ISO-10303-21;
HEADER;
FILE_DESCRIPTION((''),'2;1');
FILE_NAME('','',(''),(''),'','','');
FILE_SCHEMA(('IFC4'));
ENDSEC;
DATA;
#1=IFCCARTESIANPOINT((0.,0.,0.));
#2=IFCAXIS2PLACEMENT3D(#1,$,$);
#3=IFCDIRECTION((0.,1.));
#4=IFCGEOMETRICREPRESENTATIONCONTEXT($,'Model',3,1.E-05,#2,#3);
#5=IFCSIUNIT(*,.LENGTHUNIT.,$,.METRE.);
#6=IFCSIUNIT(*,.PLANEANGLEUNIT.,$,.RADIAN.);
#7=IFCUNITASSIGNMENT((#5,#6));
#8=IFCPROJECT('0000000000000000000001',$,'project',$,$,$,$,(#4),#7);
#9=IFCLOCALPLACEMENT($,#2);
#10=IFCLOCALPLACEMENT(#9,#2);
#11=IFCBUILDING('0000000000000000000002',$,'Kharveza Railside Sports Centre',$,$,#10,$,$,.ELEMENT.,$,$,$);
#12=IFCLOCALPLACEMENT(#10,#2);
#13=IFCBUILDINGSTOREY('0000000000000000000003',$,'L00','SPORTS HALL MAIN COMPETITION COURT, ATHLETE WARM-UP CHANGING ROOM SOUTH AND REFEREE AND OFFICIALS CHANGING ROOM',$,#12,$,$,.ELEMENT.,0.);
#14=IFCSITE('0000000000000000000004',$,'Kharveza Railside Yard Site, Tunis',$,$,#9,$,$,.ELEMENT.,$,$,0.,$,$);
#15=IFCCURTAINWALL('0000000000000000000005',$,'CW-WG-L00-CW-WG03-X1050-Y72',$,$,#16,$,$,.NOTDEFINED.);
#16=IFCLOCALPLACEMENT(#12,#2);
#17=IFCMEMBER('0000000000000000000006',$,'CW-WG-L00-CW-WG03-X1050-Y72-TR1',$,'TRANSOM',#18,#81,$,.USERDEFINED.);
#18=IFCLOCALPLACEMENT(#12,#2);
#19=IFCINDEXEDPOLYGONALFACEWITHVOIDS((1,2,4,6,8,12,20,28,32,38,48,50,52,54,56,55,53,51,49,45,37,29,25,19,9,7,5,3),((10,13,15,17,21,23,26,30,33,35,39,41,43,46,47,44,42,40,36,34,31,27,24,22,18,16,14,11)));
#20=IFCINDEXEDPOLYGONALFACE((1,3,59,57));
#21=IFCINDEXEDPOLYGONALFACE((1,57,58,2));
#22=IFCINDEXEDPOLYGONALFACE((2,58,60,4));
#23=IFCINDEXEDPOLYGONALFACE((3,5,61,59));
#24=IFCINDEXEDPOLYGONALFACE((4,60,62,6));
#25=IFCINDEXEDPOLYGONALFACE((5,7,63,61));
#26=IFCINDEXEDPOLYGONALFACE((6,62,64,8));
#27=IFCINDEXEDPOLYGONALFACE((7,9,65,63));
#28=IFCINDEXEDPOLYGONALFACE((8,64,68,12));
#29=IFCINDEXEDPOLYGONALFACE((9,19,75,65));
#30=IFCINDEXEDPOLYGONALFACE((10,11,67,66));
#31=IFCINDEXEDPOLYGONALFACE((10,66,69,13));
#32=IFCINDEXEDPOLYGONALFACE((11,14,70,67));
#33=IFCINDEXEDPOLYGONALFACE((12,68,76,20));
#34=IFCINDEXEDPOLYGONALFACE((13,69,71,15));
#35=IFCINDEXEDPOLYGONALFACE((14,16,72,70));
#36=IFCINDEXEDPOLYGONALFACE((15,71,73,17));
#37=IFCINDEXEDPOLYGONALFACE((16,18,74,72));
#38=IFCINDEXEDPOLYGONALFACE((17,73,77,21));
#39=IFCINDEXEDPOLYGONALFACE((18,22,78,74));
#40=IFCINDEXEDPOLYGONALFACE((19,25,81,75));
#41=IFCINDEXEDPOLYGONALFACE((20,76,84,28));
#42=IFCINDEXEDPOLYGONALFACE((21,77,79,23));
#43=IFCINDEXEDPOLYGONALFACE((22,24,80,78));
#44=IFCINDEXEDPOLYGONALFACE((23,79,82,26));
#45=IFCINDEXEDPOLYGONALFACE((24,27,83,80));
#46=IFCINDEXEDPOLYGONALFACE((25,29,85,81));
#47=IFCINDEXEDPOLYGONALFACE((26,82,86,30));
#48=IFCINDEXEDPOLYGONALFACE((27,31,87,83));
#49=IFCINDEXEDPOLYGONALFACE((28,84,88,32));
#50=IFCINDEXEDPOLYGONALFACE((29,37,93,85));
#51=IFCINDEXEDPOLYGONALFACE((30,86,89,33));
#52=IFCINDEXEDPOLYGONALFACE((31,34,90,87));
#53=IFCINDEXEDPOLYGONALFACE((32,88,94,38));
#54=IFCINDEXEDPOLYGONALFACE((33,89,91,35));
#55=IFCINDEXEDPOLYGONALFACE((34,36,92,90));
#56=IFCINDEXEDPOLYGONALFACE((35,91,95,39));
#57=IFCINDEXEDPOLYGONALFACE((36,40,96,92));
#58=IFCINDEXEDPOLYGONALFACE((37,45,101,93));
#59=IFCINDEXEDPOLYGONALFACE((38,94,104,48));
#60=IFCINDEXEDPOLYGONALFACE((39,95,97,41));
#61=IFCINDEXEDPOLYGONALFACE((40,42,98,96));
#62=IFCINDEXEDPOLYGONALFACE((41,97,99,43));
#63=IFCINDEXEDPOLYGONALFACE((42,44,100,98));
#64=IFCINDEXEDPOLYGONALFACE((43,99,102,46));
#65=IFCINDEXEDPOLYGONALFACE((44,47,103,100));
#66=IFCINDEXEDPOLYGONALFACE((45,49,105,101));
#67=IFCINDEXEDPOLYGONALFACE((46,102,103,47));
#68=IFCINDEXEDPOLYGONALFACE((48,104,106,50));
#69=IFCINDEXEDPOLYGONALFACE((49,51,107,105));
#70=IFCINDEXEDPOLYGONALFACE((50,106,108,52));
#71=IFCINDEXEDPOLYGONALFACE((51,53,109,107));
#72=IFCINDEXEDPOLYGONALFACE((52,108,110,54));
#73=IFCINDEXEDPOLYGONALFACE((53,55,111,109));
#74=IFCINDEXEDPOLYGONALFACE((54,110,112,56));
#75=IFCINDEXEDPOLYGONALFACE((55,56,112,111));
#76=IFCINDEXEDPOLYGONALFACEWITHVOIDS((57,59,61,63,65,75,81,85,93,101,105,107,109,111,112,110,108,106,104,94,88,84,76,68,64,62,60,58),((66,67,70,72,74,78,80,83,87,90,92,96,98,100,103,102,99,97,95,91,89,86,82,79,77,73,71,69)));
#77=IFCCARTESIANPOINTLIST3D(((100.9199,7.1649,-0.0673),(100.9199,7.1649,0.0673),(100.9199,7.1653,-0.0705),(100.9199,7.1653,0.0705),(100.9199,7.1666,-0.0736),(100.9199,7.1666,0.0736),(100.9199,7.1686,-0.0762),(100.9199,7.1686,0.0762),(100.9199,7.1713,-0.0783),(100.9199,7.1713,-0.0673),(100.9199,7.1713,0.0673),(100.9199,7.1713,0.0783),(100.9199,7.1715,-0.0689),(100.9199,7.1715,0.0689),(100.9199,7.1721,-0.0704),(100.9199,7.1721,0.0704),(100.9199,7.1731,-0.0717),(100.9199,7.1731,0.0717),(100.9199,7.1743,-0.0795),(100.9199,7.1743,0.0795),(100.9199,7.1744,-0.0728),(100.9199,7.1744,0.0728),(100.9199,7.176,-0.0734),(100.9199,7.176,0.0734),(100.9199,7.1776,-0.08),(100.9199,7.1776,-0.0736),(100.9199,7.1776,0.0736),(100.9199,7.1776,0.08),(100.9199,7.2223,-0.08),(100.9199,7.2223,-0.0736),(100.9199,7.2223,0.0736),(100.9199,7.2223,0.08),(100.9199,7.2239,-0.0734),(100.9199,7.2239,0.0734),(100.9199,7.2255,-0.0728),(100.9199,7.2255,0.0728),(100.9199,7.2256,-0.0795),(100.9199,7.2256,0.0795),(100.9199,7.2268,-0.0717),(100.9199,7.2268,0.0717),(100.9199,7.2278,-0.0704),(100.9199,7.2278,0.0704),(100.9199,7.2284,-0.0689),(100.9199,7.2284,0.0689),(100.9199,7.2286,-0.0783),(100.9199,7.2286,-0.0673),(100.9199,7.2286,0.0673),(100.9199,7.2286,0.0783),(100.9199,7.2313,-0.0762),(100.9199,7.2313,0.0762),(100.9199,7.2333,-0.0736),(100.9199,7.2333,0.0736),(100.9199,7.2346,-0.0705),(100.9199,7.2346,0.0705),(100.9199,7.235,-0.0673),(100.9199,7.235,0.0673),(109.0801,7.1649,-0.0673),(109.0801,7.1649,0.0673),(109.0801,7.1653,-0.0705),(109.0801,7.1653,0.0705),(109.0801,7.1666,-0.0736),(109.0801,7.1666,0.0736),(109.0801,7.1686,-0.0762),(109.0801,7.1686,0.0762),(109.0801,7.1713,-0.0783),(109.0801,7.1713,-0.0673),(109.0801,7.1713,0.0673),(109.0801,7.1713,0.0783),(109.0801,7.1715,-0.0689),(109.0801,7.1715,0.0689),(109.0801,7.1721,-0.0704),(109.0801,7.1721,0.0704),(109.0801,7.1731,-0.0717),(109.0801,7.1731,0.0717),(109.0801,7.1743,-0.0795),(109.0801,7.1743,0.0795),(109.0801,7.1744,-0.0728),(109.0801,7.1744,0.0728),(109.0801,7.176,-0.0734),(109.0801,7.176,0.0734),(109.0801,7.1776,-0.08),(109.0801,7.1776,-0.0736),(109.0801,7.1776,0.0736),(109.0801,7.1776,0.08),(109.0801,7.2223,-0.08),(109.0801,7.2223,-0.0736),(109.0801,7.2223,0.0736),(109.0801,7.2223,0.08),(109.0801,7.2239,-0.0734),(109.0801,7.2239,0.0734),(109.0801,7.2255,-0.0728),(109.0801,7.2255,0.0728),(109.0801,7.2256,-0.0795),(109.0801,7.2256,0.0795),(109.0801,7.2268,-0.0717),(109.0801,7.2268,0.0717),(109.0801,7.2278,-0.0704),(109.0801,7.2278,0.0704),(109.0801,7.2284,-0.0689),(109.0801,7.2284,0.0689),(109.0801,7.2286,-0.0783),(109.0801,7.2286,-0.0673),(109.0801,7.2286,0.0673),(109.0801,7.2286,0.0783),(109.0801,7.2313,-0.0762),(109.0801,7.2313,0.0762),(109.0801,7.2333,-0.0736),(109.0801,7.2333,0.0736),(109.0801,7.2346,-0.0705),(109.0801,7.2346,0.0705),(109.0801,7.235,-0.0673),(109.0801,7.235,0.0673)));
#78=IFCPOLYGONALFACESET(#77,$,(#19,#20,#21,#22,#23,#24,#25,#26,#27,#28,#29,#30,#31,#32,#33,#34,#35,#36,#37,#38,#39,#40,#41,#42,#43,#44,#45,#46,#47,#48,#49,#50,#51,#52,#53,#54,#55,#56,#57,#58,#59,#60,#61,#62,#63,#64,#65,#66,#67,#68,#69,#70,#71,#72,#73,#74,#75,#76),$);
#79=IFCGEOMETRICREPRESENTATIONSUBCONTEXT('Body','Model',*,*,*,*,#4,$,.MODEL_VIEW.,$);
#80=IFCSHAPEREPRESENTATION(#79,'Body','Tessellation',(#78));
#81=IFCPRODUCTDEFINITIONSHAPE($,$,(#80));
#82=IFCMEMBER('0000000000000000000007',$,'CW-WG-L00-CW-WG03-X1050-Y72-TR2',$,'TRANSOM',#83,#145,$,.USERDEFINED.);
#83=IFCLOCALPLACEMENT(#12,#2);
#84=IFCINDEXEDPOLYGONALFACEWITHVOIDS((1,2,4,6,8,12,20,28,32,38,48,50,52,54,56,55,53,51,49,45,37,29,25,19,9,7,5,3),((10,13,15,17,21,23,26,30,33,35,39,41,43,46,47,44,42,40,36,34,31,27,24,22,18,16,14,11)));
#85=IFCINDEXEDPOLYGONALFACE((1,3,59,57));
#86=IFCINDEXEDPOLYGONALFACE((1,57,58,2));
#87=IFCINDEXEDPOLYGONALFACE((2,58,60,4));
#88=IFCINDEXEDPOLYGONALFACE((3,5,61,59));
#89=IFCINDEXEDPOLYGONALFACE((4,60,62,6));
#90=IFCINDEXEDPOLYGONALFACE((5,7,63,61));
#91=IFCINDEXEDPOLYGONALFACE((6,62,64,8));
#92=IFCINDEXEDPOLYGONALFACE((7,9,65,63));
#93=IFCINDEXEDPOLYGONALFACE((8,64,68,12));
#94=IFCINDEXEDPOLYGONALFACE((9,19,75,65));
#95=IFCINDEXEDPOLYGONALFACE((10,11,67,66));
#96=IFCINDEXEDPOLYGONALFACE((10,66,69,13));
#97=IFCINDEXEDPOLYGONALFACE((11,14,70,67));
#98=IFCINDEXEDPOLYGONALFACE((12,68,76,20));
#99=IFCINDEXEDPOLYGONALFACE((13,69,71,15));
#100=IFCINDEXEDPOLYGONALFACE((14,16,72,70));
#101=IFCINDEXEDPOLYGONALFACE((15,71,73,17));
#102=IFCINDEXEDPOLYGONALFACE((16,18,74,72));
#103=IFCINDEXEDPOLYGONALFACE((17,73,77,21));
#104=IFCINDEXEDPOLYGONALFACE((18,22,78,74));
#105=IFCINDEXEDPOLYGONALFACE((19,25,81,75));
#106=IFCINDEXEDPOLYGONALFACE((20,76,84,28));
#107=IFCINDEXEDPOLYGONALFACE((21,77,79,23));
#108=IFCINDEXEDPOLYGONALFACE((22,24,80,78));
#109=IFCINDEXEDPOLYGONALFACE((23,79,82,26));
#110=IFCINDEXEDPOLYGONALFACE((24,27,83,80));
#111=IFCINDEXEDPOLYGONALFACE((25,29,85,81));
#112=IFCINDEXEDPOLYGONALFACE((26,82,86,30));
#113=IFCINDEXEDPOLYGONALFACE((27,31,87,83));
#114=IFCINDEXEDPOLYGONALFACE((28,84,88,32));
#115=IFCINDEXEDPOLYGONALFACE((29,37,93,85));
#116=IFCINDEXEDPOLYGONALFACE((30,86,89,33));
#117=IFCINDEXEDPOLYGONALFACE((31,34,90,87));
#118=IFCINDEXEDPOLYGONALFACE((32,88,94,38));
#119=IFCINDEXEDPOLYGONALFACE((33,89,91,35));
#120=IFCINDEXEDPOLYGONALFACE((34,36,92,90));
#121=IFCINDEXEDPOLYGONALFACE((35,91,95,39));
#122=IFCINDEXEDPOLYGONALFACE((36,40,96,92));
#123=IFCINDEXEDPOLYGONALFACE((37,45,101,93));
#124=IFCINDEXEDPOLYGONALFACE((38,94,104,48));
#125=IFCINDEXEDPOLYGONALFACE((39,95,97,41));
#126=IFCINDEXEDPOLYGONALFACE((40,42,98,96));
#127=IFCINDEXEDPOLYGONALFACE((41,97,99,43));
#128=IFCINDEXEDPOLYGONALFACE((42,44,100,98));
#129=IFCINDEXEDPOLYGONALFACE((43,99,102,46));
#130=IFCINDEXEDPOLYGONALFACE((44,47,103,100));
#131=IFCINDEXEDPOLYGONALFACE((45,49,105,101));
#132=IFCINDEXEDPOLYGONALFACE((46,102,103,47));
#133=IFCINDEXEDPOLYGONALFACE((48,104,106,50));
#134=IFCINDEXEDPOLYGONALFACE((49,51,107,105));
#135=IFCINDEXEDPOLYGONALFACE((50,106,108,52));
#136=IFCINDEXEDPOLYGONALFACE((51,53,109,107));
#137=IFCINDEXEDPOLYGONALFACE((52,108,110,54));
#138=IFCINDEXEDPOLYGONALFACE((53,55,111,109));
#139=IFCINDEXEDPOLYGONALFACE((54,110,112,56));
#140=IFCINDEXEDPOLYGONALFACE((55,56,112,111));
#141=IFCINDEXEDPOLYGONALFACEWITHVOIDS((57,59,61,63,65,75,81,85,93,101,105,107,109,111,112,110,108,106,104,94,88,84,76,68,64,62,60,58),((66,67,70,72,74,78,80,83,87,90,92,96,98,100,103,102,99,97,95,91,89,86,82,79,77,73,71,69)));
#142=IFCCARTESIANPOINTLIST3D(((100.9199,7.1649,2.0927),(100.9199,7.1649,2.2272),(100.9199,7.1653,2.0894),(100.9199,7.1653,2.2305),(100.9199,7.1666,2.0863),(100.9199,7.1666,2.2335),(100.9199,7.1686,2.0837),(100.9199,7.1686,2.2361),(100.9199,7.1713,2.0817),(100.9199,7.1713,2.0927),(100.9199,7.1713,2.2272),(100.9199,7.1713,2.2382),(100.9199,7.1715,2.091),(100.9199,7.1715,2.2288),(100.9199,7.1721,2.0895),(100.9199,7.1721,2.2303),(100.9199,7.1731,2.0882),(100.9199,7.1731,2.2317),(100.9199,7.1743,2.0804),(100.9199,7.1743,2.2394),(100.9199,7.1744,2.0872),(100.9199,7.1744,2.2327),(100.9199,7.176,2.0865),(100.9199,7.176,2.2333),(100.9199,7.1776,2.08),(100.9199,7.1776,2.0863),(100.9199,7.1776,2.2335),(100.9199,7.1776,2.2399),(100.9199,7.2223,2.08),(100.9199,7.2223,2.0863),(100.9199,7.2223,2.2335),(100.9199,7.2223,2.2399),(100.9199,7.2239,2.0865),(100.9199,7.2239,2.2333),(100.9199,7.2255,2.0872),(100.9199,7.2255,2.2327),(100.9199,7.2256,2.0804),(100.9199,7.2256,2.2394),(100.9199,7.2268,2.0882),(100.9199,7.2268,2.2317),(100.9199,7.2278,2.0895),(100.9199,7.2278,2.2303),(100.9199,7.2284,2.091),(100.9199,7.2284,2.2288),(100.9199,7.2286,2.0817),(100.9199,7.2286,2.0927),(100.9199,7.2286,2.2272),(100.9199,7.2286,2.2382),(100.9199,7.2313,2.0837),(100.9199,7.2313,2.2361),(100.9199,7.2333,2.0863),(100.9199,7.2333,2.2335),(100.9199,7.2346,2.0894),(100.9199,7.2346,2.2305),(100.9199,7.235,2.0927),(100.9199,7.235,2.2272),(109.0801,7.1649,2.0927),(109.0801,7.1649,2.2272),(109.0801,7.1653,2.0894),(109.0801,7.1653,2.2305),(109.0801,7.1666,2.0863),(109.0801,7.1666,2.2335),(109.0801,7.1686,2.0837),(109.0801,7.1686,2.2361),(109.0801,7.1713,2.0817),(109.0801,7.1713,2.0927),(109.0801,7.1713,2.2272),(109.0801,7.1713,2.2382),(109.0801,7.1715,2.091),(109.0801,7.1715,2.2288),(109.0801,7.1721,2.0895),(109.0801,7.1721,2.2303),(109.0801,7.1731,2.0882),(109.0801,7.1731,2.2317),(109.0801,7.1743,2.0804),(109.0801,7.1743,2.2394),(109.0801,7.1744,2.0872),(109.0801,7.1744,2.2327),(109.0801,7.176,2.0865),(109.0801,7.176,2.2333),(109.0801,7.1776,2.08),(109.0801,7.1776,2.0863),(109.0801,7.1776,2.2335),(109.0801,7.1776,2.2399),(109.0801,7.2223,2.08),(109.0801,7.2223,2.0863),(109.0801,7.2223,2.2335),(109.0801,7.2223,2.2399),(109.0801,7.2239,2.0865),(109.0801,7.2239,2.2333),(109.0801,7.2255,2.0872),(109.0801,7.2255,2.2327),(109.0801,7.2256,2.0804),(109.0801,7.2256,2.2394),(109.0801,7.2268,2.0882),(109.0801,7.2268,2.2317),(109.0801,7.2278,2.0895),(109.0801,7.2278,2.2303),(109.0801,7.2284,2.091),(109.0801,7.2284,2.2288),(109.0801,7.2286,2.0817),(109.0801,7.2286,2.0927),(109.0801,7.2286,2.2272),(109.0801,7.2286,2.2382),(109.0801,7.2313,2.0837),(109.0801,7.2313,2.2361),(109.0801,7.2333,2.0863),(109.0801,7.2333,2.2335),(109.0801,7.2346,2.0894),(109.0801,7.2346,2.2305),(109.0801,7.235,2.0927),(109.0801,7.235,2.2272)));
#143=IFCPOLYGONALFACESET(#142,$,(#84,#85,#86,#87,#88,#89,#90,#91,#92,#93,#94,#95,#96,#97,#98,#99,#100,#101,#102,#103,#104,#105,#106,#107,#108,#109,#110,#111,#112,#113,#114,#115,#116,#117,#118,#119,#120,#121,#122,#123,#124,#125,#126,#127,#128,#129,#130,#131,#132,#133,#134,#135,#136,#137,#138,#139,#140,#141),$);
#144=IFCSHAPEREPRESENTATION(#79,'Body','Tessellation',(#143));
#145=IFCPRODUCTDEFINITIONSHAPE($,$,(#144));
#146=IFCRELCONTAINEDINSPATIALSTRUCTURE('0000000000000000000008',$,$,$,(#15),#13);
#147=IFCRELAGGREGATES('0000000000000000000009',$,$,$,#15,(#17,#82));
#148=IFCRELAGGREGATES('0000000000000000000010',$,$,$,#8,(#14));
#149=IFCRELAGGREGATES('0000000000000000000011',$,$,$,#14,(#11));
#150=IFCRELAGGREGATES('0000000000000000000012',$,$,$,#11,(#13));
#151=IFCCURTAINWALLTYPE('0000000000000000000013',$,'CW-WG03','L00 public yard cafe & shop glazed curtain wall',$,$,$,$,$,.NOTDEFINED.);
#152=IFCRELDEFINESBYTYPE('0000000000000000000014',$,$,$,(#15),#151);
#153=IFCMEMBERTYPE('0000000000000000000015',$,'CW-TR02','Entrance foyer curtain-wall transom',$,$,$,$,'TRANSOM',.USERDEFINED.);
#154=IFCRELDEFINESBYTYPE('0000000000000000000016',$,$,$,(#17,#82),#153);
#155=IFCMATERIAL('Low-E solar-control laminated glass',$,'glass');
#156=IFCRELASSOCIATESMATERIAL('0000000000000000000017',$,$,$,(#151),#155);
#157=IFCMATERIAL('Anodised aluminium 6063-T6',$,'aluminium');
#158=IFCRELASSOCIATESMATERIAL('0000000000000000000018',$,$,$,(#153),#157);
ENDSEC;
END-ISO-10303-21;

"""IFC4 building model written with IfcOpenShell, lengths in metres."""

from ifc_helpers import new_model, si_unit, direction, frame, origin, origin_2d, place, context, subcontext, project, spatial, hollow_rectangle, extrude, material, material_profile, profile_set, type_object, element, aggregate, save


model = new_model("IFC4")

# Units and contexts
model_context = context("Model", 3, precision=1e-05, world=origin(), true_north=direction((0.0, 1.0)))
body_context = subcontext(model_context, "Body", "Model", "MODEL_VIEW")
ifc_project = project(units=[si_unit("LENGTHUNIT", "METRE"), si_unit("PLANEANGLEUNIT", "RADIAN")], contexts=[model_context])

# Site, building, storey
site_placement = place(None, origin())
site = spatial("IfcSite", under=ifc_project, at=site_placement, Name="Kharveza Railside Yard Site, Tunis", CompositionType="ELEMENT", RefElevation=0.0)
building_placement = place(site_placement, origin())
building = spatial("IfcBuilding", under=site, at=building_placement, Name="Kharveza Railside Sports Centre", CompositionType="ELEMENT")
storey_placement = place(building_placement, origin())
storey = spatial("IfcBuildingStorey", under=building, at=storey_placement, Name="L00", Description="SPORTS HALL MAIN COMPETITION COURT, ATHLETE WARM-UP CHANGING ROOM SOUTH AND REFEREE AND OFFICIALS CHANGING ROOM", CompositionType="ELEMENT", Elevation=0.0)

# Curtain wall, members
ifc_material_1 = material(Name="Low-E solar-control laminated glass", Category="glass")
curtain_wall_type = type_object("IfcCurtainWallType", Name="CW-WG03", Description="L00 public yard cafe & shop glazed curtain wall", PredefinedType="NOTDEFINED", material=ifc_material_1)
curtain_wall_placement = place(storey_placement, origin())
curtain_wall = element("IfcCurtainWall", 1, at=curtain_wall_placement, inside=storey, type_object=curtain_wall_type, Name="CW-WG-L00-CW-WG03-X1050-Y72", PredefinedType="NOTDEFINED")
ifc_material_2 = material(Name="Anodised aluminium 6063-T6", Category="aluminium")
ifc_material_profile_1 = material_profile(ifc_material_2, hollow_rectangle(XDim=0.0701, YDim=0.1599, WallThickness=0.0063, InnerFilletRadius=0.0063, OuterFilletRadius=0.0127, at=origin_2d()), Name="RHS 70x160x6.3")
ifc_profile_set_1 = profile_set([ifc_material_profile_1], Name="Anodised aluminium 6063-T6")
member_type_1 = type_object("IfcMemberType", Name="CW-TR02", Description="Entrance foyer curtain-wall transom", ElementType="TRANSOM", PredefinedType="USERDEFINED", material=ifc_profile_set_1)
member_1_placement = place(storey_placement, frame((100.9199, 7.2, 0.0), z_axis=(1.0, 0.0, 0.0), x_axis=(0.0, 1.0, 0.0)))
member_1 = element("IfcMember", 2, at=member_1_placement, type_object=member_type_1, Name="CW-WG-L00-CW-WG03-X1050-Y72-TR1", ObjectType="TRANSOM", PredefinedType="USERDEFINED", context=body_context, shape_type="SweptSolid", body=[
    extrude(hollow_rectangle(XDim=0.0701, YDim=0.1599, WallThickness=0.0063, InnerFilletRadius=0.0063, OuterFilletRadius=0.0127, at=origin_2d()), origin(), (0.0, 0.0, 1.0), 8.1602),
])
member_2_placement = place(storey_placement, frame((100.9199, 7.2, 2.1599), z_axis=(1.0, 0.0, 0.0), x_axis=(0.0, 1.0, 0.0)))
member_2 = element("IfcMember", 3, at=member_2_placement, type_object=member_type_1, Name="CW-WG-L00-CW-WG03-X1050-Y72-TR2", ObjectType="TRANSOM", PredefinedType="USERDEFINED", context=body_context, shape_type="SweptSolid", body=[
    extrude(hollow_rectangle(XDim=0.0701, YDim=0.1599, WallThickness=0.0063, InnerFilletRadius=0.0063, OuterFilletRadius=0.0127, at=origin_2d()), origin(), (0.0, 0.0, 1.0), 8.1602),
])
aggregate(curtain_wall, [member_1, member_2])

save(model, "model.ifc")
